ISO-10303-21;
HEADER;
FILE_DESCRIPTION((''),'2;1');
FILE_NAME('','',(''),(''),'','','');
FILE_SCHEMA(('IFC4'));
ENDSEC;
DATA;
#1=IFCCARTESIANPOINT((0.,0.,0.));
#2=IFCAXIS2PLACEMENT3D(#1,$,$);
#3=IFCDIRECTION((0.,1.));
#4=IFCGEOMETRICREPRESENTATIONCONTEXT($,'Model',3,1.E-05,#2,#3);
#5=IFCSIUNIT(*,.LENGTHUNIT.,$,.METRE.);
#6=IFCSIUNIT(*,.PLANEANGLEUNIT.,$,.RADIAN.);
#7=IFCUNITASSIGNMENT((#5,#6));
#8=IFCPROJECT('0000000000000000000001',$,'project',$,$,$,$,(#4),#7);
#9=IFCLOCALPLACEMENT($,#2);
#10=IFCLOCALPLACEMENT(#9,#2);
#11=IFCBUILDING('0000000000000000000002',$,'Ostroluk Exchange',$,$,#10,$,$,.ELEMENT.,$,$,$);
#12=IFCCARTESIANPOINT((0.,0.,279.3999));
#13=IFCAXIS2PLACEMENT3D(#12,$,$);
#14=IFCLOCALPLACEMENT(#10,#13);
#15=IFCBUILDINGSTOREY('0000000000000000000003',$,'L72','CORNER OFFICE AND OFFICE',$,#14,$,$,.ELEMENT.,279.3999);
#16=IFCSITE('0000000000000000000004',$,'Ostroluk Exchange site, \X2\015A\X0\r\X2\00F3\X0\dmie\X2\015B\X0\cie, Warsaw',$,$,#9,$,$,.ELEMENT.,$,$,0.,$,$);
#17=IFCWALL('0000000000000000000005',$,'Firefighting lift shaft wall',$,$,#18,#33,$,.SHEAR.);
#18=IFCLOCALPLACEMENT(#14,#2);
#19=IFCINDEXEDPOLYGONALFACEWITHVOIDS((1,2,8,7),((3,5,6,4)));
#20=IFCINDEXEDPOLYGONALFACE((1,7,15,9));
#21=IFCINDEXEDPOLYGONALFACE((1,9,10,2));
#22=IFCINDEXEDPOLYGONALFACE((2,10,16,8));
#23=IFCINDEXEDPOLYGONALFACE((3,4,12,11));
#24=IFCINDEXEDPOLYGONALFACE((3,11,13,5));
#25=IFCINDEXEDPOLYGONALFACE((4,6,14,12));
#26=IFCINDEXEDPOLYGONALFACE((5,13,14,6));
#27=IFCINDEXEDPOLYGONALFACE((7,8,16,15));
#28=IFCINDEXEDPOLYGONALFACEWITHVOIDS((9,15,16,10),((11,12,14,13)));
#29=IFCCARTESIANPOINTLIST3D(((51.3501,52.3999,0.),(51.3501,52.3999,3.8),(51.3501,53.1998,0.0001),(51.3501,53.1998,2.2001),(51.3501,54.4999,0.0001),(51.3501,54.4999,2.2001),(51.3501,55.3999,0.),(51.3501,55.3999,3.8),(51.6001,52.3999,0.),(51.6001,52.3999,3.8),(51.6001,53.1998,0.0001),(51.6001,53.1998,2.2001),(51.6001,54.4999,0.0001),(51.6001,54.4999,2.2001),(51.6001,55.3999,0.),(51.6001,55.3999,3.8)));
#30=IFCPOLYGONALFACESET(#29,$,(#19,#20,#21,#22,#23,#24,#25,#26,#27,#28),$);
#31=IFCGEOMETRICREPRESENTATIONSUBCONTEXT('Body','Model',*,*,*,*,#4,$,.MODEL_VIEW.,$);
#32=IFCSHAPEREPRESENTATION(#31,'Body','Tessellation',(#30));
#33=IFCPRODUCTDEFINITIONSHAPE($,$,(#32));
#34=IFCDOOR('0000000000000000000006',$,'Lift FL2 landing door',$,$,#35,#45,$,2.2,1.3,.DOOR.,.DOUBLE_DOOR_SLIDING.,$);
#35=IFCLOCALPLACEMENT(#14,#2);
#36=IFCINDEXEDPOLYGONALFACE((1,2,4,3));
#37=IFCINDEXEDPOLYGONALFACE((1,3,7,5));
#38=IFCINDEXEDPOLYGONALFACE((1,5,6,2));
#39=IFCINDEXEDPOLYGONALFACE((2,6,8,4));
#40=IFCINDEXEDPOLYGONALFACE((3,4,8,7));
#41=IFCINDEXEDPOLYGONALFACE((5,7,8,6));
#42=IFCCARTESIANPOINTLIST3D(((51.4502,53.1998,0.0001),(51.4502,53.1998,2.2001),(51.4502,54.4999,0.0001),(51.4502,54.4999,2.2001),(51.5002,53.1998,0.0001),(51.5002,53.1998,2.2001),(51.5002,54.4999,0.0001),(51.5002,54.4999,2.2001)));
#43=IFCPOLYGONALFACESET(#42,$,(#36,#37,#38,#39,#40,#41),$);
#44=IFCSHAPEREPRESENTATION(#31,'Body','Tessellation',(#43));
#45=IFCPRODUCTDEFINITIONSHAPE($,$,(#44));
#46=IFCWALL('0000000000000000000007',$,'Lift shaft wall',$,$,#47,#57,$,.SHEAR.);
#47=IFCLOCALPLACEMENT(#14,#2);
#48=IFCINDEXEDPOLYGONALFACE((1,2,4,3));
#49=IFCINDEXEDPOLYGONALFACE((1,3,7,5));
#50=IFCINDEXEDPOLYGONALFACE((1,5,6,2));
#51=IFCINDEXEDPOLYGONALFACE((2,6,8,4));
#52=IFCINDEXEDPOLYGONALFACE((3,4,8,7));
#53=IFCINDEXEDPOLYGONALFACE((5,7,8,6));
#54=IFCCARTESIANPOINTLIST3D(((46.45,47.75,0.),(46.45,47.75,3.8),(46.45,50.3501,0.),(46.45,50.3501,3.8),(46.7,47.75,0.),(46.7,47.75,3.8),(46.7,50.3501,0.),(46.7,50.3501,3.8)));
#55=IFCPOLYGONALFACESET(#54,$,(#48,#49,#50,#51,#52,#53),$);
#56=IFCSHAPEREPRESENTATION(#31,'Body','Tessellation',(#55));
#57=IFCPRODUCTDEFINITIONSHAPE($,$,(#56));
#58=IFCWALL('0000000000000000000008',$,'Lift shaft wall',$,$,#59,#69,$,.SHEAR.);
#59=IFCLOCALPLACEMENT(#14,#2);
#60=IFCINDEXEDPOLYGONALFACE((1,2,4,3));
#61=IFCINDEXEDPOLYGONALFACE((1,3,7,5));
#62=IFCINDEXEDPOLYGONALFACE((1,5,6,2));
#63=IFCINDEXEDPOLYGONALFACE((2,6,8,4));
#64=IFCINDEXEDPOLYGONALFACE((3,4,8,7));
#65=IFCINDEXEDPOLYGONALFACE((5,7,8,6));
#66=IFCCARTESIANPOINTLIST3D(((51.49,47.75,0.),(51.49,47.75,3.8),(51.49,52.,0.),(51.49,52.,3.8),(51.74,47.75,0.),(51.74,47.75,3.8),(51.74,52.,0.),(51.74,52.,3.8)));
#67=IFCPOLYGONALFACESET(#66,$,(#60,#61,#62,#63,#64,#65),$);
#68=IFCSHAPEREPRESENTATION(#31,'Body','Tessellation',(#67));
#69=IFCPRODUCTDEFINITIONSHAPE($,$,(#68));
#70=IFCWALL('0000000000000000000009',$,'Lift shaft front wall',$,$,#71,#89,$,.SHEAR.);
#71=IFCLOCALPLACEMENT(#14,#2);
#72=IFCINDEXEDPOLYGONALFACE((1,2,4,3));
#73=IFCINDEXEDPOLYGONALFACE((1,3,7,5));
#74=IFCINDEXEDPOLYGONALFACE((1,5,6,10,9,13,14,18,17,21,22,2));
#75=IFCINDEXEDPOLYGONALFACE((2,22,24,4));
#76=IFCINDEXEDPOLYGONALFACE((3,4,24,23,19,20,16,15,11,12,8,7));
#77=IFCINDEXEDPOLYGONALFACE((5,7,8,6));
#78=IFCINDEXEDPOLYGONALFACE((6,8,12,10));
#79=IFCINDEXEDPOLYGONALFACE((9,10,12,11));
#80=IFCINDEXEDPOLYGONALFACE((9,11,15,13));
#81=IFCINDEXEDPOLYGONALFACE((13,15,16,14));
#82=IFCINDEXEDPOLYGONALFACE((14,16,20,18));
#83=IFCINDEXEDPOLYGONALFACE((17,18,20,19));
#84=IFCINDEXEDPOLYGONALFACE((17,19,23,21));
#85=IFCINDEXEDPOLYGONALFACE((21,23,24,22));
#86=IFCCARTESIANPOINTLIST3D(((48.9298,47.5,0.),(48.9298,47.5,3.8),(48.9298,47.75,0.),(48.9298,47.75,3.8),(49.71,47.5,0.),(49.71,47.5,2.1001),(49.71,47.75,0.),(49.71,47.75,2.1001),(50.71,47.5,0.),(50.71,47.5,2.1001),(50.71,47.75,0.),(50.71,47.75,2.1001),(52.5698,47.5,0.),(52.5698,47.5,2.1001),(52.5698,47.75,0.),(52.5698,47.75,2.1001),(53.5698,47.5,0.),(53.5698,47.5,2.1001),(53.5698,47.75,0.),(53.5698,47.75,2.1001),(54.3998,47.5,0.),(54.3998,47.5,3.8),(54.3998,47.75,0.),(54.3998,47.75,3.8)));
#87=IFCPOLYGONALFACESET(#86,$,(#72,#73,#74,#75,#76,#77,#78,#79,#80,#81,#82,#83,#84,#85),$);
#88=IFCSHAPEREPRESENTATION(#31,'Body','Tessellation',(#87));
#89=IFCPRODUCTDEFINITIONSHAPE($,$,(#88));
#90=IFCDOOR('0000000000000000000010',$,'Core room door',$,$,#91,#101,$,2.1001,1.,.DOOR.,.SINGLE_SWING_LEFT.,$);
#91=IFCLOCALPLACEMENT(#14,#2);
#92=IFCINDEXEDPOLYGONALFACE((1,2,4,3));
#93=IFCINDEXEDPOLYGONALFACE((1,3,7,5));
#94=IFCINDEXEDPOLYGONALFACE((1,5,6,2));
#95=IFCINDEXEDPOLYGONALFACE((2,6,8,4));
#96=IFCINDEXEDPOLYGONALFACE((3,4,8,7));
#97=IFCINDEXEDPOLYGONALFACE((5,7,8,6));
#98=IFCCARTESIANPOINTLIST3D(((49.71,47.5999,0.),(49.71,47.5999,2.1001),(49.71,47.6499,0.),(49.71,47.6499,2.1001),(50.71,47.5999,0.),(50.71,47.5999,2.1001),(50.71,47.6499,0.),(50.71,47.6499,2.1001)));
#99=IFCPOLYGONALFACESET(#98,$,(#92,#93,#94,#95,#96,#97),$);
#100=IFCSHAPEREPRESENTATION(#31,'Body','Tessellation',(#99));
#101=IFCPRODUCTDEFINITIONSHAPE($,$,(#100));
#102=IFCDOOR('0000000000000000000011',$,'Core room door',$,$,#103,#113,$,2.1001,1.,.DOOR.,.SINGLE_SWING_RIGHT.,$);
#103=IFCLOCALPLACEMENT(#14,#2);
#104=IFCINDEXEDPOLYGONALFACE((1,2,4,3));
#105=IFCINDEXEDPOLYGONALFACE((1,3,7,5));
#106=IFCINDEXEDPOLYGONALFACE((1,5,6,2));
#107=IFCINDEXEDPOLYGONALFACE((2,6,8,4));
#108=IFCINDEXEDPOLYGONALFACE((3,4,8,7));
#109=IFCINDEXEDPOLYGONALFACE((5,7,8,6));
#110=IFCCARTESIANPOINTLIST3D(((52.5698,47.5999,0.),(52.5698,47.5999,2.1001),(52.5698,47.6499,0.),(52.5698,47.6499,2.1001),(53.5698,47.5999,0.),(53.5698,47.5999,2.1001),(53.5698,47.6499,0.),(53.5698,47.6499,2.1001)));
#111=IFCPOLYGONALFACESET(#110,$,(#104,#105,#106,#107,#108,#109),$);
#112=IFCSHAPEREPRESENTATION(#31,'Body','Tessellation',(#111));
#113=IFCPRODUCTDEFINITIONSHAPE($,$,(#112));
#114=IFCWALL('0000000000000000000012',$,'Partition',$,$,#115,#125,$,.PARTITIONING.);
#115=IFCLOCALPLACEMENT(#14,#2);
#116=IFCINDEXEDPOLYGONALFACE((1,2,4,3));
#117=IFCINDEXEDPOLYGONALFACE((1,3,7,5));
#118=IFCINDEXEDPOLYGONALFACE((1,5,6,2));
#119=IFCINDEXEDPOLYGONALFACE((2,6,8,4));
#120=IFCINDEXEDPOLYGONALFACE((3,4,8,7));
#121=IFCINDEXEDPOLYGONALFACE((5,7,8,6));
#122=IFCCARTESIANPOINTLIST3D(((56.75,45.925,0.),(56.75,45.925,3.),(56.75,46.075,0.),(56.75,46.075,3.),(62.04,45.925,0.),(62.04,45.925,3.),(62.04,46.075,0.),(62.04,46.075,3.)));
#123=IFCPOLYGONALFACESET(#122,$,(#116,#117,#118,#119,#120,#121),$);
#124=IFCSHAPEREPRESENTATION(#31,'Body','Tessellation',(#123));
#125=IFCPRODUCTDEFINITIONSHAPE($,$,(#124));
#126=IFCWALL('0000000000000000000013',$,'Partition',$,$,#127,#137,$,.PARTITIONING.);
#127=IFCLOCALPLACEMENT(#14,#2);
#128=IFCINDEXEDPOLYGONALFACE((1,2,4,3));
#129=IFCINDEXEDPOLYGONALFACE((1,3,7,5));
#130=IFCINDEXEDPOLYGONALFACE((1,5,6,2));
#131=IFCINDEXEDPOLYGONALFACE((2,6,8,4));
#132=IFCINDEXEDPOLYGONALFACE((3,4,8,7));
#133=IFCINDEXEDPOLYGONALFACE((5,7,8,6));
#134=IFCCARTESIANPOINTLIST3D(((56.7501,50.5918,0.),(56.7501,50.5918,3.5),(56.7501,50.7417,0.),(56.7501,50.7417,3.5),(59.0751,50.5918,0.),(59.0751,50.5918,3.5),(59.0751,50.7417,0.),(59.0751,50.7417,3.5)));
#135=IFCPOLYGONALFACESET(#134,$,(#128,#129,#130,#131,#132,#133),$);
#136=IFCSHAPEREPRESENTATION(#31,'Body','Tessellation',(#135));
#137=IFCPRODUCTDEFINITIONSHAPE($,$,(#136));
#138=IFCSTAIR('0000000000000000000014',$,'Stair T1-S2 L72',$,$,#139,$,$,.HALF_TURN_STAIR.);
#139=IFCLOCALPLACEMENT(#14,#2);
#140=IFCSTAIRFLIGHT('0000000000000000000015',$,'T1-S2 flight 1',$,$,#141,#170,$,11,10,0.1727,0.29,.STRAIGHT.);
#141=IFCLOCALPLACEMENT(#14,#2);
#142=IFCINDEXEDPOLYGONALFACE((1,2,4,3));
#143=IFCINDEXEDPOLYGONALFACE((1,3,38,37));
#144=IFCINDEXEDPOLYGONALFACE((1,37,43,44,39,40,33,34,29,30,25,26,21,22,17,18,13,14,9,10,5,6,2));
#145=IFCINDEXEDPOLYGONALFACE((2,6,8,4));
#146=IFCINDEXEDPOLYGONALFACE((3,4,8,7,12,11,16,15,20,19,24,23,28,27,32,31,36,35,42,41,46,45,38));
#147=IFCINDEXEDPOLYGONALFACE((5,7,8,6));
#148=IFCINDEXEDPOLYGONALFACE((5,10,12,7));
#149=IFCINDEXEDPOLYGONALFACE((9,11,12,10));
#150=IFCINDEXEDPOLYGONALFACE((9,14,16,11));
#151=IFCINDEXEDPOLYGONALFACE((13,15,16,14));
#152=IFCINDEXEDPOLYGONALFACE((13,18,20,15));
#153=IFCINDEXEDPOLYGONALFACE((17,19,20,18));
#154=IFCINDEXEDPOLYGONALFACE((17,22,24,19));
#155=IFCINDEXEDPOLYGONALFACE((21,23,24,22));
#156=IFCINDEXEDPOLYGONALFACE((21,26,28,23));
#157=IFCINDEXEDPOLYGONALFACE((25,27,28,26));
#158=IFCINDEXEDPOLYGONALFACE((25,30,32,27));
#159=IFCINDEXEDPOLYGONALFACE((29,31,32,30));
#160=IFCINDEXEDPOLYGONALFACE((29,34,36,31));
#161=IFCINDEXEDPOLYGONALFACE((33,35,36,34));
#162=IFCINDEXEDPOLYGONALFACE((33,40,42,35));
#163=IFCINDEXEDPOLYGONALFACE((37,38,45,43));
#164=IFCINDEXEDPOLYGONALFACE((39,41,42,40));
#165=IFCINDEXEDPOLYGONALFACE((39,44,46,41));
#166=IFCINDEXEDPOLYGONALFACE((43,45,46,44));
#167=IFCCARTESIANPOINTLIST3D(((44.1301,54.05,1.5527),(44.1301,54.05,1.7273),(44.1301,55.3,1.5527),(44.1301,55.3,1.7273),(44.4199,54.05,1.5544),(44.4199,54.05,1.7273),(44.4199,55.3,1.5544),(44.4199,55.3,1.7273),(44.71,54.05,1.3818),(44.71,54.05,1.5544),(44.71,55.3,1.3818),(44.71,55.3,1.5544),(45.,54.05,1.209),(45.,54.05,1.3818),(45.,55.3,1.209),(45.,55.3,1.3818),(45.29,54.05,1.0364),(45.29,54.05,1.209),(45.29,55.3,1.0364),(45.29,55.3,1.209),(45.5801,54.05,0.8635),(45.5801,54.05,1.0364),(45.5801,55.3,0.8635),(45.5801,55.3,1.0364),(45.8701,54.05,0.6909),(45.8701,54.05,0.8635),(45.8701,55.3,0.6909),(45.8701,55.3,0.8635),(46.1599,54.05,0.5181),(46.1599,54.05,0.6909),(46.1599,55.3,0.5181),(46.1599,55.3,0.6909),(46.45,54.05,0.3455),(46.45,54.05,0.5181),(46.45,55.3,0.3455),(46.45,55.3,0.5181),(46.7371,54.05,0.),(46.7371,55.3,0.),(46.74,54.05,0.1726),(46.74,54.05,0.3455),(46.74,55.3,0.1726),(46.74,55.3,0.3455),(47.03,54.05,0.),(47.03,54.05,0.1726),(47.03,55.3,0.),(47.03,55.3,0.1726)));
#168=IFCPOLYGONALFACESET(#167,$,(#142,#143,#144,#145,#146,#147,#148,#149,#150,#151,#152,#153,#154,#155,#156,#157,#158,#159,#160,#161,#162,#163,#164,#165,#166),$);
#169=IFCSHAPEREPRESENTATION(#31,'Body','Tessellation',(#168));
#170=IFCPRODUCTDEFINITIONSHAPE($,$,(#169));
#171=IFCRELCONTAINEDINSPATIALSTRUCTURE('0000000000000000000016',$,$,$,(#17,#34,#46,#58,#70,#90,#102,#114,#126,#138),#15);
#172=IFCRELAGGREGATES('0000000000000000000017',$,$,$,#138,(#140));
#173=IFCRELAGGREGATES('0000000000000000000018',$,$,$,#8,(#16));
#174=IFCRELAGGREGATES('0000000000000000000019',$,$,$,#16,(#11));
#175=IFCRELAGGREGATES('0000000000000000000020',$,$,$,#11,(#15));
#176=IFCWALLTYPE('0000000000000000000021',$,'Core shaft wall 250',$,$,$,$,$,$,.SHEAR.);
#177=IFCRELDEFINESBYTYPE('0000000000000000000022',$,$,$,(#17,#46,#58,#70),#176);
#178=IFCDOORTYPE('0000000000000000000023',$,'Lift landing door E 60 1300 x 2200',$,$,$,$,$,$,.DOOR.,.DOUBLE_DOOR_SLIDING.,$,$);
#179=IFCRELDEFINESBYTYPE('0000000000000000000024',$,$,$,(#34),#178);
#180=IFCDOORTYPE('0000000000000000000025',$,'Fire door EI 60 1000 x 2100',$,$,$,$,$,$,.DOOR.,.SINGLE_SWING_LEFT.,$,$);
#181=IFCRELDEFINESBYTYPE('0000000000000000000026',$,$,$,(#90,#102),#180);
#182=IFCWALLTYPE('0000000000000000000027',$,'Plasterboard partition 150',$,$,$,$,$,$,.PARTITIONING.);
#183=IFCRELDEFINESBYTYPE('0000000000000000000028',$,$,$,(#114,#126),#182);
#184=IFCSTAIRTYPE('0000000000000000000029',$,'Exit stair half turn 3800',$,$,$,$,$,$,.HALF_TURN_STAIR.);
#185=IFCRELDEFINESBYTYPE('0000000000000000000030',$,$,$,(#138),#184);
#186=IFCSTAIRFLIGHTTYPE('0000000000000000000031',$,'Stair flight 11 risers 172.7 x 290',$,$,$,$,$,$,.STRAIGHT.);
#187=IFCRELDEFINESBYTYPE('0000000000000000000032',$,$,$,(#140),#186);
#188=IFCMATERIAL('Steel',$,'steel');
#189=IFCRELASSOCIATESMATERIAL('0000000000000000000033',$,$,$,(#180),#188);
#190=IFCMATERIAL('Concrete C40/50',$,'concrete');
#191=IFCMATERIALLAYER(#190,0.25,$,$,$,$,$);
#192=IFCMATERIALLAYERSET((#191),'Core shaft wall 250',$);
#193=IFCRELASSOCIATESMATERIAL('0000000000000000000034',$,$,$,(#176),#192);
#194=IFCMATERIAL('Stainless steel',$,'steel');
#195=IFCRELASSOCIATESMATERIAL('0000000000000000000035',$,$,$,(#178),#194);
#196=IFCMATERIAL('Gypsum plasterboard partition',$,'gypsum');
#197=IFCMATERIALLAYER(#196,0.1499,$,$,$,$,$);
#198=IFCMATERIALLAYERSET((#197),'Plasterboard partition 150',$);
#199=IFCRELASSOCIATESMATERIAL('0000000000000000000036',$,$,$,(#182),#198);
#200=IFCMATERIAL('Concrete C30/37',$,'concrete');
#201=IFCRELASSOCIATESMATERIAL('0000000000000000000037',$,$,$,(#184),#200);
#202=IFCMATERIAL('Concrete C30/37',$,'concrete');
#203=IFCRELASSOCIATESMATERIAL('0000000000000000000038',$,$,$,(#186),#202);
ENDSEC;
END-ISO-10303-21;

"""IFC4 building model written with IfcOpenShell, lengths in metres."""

from ifc_helpers import new_model, si_unit, direction, frame, frame_2d, origin, place, context, subcontext, project, spatial, polyline, rectangle, outline, extrude, material, layer, layer_set, type_object, element, fill, aggregate, save


model = new_model("IFC4")

# Units and contexts
model_context = context("Model", 3, precision=1e-05, world=origin(), true_north=direction((0.0, 1.0)))
body_context = subcontext(model_context, "Body", "Model", "MODEL_VIEW")
ifc_project = project(units=[si_unit("LENGTHUNIT", "METRE"), si_unit("PLANEANGLEUNIT", "RADIAN")], contexts=[model_context])

# Site, building, storey
site_placement = place(None, origin())
site = spatial("IfcSite", under=ifc_project, at=site_placement, Name="Ostroluk Exchange site, Śródmieście, Warsaw", CompositionType="ELEMENT", RefElevation=0.0)
building_placement = place(site_placement, origin())
building = spatial("IfcBuilding", under=site, at=building_placement, Name="Ostroluk Exchange", CompositionType="ELEMENT")
storey_placement = place(building_placement, frame((0.0, 0.0, 279.3999)))
storey = spatial("IfcBuildingStorey", under=building, at=storey_placement, Name="L72", Description="CORNER OFFICE AND OFFICE", CompositionType="ELEMENT", Elevation=279.3999)

# Wall, opening, door
ifc_material_1 = material(Name="Steel", Category="steel")
door_type_1 = type_object("IfcDoorType", Name="Fire door EI 60 1000 x 2100", OperationType="SINGLE_SWING_LEFT", PredefinedType="DOOR", material=ifc_material_1)
ifc_material_2 = material(Name="Concrete C40/50", Category="concrete")
ifc_layer_1 = layer(ifc_material_2, 0.25)
ifc_layer_set_1 = layer_set([ifc_layer_1], Name="Core shaft wall 250")
wall_type_1 = type_object("IfcWallType", Name="Core shaft wall 250", PredefinedType="SHEAR", material=ifc_layer_set_1)
wall_1_placement = place(storey_placement, frame((51.4751, 52.3999, 0.0), z_axis=(0.0, 0.0, 1.0), x_axis=(0.0, 1.0, 0.0)))
wall_1 = element("IfcWall", 1, at=wall_1_placement, inside=storey, type_object=wall_type_1, Name="Firefighting lift shaft wall", PredefinedType="SHEAR", context=body_context, shape_type="SweptSolid", body=[
    extrude(rectangle(XDim=3.0, YDim=0.25, at=frame_2d((1.5, 0.0))), origin(), (0.0, 0.0, 1.0), 3.8),
])
opening_1_placement = place(wall_1_placement, frame((0.8, 0.0, 0.0)))
opening_1 = element("IfcOpeningElement", 2, at=opening_1_placement, cuts=wall_1, PredefinedType="OPENING", context=body_context, shape_type="SweptSolid", body=[
    extrude(rectangle(XDim=1.3, YDim=2.2, at=frame_2d((0.6499, 1.1001))), frame((0.0, 0.135, 0.0), z_axis=(0.0, -1.0, 0.0), x_axis=(1.0, 0.0, 0.0)), (0.0, 0.0, 1.0), 0.27),
])
ifc_material_3 = material(Name="Stainless steel", Category="steel")
door_type_2 = type_object("IfcDoorType", Name="Lift landing door E 60 1300 x 2200", OperationType="DOUBLE_DOOR_SLIDING", PredefinedType="DOOR", material=ifc_material_3)
door_1_placement = place(opening_1_placement, origin())
door_1 = element("IfcDoor", 3, at=door_1_placement, inside=storey, type_object=door_type_2, Name="Lift FL2 landing door", OperationType="DOUBLE_DOOR_SLIDING", OverallHeight=2.2, OverallWidth=1.3, PredefinedType="DOOR", context=body_context, shape_type="SweptSolid", body=[
    extrude(rectangle(XDim=1.3, YDim=2.2, at=frame_2d((0.6499, 1.1001))), frame((0.0, 0.0249, 0.0), z_axis=(0.0, -1.0, 0.0), x_axis=(1.0, 0.0, 0.0)), (0.0, 0.0, 1.0), 0.05),
])
fill(opening_1, door_1)

# Walls
wall_2_placement = place(storey_placement, frame((46.575, 47.75, 0.0), z_axis=(0.0, 0.0, 1.0), x_axis=(0.0, 1.0, 0.0)))
element("IfcWall", 4, at=wall_2_placement, inside=storey, type_object=wall_type_1, Name="Lift shaft wall", PredefinedType="SHEAR", context=body_context, shape_type="SweptSolid", body=[
    extrude(rectangle(XDim=2.6001, YDim=0.25, at=frame_2d((1.3, 0.0))), origin(), (0.0, 0.0, 1.0), 3.8),
])
wall_3_placement = place(storey_placement, frame((51.615, 47.75, 0.0), z_axis=(0.0, 0.0, 1.0), x_axis=(0.0, 1.0, 0.0)))
element("IfcWall", 5, at=wall_3_placement, inside=storey, type_object=wall_type_1, Name="Lift shaft wall", PredefinedType="SHEAR", context=body_context, shape_type="SweptSolid", body=[
    extrude(rectangle(XDim=4.25, YDim=0.25, at=frame_2d((2.125, 0.0))), origin(), (0.0, 0.0, 1.0), 3.8),
])

# Wall, openings, doors
wall_4_placement = place(storey_placement, frame((48.9299, 47.625, 0.0), z_axis=(0.0, 0.0, 1.0), x_axis=(1.0, 0.0, 0.0)))
wall_4 = element("IfcWall", 6, at=wall_4_placement, inside=storey, type_object=wall_type_1, Name="Lift shaft front wall", PredefinedType="SHEAR", context=body_context, shape_type="SweptSolid", body=[
    extrude(rectangle(XDim=5.47, YDim=0.25, at=frame_2d((2.7349, 0.0))), origin(), (0.0, 0.0, 1.0), 3.8),
])
opening_2_placement = place(wall_4_placement, frame((0.78, 0.0, 0.0)))
opening_2 = element("IfcOpeningElement", 7, at=opening_2_placement, cuts=wall_4, PredefinedType="OPENING", context=body_context, shape_type="SweptSolid", body=[
    extrude(rectangle(XDim=1.0, YDim=2.1001, at=frame_2d((0.5, 1.05))), frame((0.0, 0.135, 0.0), z_axis=(0.0, -1.0, 0.0), x_axis=(1.0, 0.0, 0.0)), (0.0, 0.0, 1.0), 0.27),
])
opening_3_placement = place(wall_4_placement, frame((3.6399, 0.0, 0.0)))
opening_3 = element("IfcOpeningElement", 8, at=opening_3_placement, cuts=wall_4, PredefinedType="OPENING", context=body_context, shape_type="SweptSolid", body=[
    extrude(rectangle(XDim=1.0, YDim=2.1001, at=frame_2d((0.5, 1.05))), frame((0.0, 0.135, 0.0), z_axis=(0.0, -1.0, 0.0), x_axis=(1.0, 0.0, 0.0)), (0.0, 0.0, 1.0), 0.27),
])
door_2_placement = place(opening_2_placement, origin())
door_2 = element("IfcDoor", 9, at=door_2_placement, inside=storey, type_object=door_type_1, Name="Core room door", OperationType="SINGLE_SWING_LEFT", OverallHeight=2.1001, OverallWidth=1.0, PredefinedType="DOOR", context=body_context, shape_type="SweptSolid", body=[
    extrude(rectangle(XDim=1.0, YDim=2.1001, at=frame_2d((0.5, 1.05))), frame((0.0, 0.0249, 0.0), z_axis=(0.0, -1.0, 0.0), x_axis=(1.0, 0.0, 0.0)), (0.0, 0.0, 1.0), 0.05),
])
fill(opening_2, door_2)
door_3_placement = place(opening_3_placement, origin())
door_3 = element("IfcDoor", 10, at=door_3_placement, inside=storey, type_object=door_type_1, Name="Core room door", OperationType="SINGLE_SWING_RIGHT", OverallHeight=2.1001, OverallWidth=1.0, PredefinedType="DOOR", context=body_context, shape_type="SweptSolid", body=[
    extrude(rectangle(XDim=1.0, YDim=2.1001, at=frame_2d((0.5, 1.05))), frame((0.0, 0.0249, 0.0), z_axis=(0.0, -1.0, 0.0), x_axis=(1.0, 0.0, 0.0)), (0.0, 0.0, 1.0), 0.05),
])
fill(opening_3, door_3)

# Walls
ifc_material_4 = material(Name="Gypsum plasterboard partition", Category="gypsum")
ifc_layer_2 = layer(ifc_material_4, 0.1499)
ifc_layer_set_2 = layer_set([ifc_layer_2], Name="Plasterboard partition 150")
wall_type_2 = type_object("IfcWallType", Name="Plasterboard partition 150", PredefinedType="PARTITIONING", material=ifc_layer_set_2)
wall_5_placement = place(storey_placement, frame((56.75, 46.0, 0.0), z_axis=(0.0, 0.0, 1.0), x_axis=(1.0, 0.0, 0.0)))
element("IfcWall", 11, at=wall_5_placement, inside=storey, type_object=wall_type_2, Name="Partition", PredefinedType="PARTITIONING", context=body_context, shape_type="SweptSolid", body=[
    extrude(rectangle(XDim=5.29, YDim=0.1499, at=frame_2d((2.645, 0.0))), origin(), (0.0, 0.0, 1.0), 3.0),
])
wall_6_placement = place(storey_placement, frame((56.75, 50.6667, 0.0), z_axis=(0.0, 0.0, 1.0), x_axis=(1.0, 0.0, 0.0)))
element("IfcWall", 12, at=wall_6_placement, inside=storey, type_object=wall_type_2, Name="Partition", PredefinedType="PARTITIONING", context=body_context, shape_type="SweptSolid", body=[
    extrude(rectangle(XDim=2.325, YDim=0.1499, at=frame_2d((1.1626, 0.0))), origin(), (0.0, 0.0, 1.0), 3.5),
])

# Stair, stair flight
ifc_material_5 = material(Name="Concrete C30/37", Category="concrete")
stair_type = type_object("IfcStairType", Name="Exit stair half turn 3800", PredefinedType="HALF_TURN_STAIR", material=ifc_material_5)
stair_placement = place(storey_placement, origin())
stair = element("IfcStair", 13, at=stair_placement, inside=storey, type_object=stair_type, Name="Stair T1-S2 L72", PredefinedType="HALF_TURN_STAIR")
ifc_material_6 = material(Name="Concrete C30/37", Category="concrete")
stair_flight_type = type_object("IfcStairFlightType", Name="Stair flight 11 risers 172.7 x 290", PredefinedType="STRAIGHT", material=ifc_material_6)
stair_flight_placement = place(storey_placement, frame((47.03, 54.675, 0.0), z_axis=(0.0, 0.0, 1.0), x_axis=(-1.0, 0.0, 0.0)))
stair_flight = element("IfcStairFlight", 14, at=stair_flight_placement, type_object=stair_flight_type, Name="T1-S2 flight 1", NumberOfRisers=11, NumberOfTreads=10, PredefinedType="STRAIGHT", RiserHeight=0.1727, TreadLength=0.29, context=body_context, shape_type="SweptSolid", body=[
    extrude(outline(polyline([(0.0, 0.0), (0.0, 0.1726), (0.29, 0.1726), (0.29, 0.3455), (0.5801, 0.3455), (0.5801, 0.5181), (0.8701, 0.5181), (0.8701, 0.6909), (1.1599, 0.6909), (1.1599, 0.8635), (1.45, 0.8635), (1.45, 1.0364), (1.74, 1.0364), (1.74, 1.209), (2.03, 1.209), (2.03, 1.3818), (2.3201, 1.3818), (2.3201, 1.5544), (2.6101, 1.5544), (2.6101, 1.7273), (2.8999, 1.7273), (2.8999, 1.8999), (2.8999, 1.5527), (0.293, 0.0), (0.0, 0.0)])), frame((0.0, 0.625, 0.0), z_axis=(0.0, -1.0, 0.0), x_axis=(1.0, 0.0, 0.0)), (0.0, 0.0, 1.0), 1.25),
])
aggregate(stair, [stair_flight])

save(model, "model.ifc")
